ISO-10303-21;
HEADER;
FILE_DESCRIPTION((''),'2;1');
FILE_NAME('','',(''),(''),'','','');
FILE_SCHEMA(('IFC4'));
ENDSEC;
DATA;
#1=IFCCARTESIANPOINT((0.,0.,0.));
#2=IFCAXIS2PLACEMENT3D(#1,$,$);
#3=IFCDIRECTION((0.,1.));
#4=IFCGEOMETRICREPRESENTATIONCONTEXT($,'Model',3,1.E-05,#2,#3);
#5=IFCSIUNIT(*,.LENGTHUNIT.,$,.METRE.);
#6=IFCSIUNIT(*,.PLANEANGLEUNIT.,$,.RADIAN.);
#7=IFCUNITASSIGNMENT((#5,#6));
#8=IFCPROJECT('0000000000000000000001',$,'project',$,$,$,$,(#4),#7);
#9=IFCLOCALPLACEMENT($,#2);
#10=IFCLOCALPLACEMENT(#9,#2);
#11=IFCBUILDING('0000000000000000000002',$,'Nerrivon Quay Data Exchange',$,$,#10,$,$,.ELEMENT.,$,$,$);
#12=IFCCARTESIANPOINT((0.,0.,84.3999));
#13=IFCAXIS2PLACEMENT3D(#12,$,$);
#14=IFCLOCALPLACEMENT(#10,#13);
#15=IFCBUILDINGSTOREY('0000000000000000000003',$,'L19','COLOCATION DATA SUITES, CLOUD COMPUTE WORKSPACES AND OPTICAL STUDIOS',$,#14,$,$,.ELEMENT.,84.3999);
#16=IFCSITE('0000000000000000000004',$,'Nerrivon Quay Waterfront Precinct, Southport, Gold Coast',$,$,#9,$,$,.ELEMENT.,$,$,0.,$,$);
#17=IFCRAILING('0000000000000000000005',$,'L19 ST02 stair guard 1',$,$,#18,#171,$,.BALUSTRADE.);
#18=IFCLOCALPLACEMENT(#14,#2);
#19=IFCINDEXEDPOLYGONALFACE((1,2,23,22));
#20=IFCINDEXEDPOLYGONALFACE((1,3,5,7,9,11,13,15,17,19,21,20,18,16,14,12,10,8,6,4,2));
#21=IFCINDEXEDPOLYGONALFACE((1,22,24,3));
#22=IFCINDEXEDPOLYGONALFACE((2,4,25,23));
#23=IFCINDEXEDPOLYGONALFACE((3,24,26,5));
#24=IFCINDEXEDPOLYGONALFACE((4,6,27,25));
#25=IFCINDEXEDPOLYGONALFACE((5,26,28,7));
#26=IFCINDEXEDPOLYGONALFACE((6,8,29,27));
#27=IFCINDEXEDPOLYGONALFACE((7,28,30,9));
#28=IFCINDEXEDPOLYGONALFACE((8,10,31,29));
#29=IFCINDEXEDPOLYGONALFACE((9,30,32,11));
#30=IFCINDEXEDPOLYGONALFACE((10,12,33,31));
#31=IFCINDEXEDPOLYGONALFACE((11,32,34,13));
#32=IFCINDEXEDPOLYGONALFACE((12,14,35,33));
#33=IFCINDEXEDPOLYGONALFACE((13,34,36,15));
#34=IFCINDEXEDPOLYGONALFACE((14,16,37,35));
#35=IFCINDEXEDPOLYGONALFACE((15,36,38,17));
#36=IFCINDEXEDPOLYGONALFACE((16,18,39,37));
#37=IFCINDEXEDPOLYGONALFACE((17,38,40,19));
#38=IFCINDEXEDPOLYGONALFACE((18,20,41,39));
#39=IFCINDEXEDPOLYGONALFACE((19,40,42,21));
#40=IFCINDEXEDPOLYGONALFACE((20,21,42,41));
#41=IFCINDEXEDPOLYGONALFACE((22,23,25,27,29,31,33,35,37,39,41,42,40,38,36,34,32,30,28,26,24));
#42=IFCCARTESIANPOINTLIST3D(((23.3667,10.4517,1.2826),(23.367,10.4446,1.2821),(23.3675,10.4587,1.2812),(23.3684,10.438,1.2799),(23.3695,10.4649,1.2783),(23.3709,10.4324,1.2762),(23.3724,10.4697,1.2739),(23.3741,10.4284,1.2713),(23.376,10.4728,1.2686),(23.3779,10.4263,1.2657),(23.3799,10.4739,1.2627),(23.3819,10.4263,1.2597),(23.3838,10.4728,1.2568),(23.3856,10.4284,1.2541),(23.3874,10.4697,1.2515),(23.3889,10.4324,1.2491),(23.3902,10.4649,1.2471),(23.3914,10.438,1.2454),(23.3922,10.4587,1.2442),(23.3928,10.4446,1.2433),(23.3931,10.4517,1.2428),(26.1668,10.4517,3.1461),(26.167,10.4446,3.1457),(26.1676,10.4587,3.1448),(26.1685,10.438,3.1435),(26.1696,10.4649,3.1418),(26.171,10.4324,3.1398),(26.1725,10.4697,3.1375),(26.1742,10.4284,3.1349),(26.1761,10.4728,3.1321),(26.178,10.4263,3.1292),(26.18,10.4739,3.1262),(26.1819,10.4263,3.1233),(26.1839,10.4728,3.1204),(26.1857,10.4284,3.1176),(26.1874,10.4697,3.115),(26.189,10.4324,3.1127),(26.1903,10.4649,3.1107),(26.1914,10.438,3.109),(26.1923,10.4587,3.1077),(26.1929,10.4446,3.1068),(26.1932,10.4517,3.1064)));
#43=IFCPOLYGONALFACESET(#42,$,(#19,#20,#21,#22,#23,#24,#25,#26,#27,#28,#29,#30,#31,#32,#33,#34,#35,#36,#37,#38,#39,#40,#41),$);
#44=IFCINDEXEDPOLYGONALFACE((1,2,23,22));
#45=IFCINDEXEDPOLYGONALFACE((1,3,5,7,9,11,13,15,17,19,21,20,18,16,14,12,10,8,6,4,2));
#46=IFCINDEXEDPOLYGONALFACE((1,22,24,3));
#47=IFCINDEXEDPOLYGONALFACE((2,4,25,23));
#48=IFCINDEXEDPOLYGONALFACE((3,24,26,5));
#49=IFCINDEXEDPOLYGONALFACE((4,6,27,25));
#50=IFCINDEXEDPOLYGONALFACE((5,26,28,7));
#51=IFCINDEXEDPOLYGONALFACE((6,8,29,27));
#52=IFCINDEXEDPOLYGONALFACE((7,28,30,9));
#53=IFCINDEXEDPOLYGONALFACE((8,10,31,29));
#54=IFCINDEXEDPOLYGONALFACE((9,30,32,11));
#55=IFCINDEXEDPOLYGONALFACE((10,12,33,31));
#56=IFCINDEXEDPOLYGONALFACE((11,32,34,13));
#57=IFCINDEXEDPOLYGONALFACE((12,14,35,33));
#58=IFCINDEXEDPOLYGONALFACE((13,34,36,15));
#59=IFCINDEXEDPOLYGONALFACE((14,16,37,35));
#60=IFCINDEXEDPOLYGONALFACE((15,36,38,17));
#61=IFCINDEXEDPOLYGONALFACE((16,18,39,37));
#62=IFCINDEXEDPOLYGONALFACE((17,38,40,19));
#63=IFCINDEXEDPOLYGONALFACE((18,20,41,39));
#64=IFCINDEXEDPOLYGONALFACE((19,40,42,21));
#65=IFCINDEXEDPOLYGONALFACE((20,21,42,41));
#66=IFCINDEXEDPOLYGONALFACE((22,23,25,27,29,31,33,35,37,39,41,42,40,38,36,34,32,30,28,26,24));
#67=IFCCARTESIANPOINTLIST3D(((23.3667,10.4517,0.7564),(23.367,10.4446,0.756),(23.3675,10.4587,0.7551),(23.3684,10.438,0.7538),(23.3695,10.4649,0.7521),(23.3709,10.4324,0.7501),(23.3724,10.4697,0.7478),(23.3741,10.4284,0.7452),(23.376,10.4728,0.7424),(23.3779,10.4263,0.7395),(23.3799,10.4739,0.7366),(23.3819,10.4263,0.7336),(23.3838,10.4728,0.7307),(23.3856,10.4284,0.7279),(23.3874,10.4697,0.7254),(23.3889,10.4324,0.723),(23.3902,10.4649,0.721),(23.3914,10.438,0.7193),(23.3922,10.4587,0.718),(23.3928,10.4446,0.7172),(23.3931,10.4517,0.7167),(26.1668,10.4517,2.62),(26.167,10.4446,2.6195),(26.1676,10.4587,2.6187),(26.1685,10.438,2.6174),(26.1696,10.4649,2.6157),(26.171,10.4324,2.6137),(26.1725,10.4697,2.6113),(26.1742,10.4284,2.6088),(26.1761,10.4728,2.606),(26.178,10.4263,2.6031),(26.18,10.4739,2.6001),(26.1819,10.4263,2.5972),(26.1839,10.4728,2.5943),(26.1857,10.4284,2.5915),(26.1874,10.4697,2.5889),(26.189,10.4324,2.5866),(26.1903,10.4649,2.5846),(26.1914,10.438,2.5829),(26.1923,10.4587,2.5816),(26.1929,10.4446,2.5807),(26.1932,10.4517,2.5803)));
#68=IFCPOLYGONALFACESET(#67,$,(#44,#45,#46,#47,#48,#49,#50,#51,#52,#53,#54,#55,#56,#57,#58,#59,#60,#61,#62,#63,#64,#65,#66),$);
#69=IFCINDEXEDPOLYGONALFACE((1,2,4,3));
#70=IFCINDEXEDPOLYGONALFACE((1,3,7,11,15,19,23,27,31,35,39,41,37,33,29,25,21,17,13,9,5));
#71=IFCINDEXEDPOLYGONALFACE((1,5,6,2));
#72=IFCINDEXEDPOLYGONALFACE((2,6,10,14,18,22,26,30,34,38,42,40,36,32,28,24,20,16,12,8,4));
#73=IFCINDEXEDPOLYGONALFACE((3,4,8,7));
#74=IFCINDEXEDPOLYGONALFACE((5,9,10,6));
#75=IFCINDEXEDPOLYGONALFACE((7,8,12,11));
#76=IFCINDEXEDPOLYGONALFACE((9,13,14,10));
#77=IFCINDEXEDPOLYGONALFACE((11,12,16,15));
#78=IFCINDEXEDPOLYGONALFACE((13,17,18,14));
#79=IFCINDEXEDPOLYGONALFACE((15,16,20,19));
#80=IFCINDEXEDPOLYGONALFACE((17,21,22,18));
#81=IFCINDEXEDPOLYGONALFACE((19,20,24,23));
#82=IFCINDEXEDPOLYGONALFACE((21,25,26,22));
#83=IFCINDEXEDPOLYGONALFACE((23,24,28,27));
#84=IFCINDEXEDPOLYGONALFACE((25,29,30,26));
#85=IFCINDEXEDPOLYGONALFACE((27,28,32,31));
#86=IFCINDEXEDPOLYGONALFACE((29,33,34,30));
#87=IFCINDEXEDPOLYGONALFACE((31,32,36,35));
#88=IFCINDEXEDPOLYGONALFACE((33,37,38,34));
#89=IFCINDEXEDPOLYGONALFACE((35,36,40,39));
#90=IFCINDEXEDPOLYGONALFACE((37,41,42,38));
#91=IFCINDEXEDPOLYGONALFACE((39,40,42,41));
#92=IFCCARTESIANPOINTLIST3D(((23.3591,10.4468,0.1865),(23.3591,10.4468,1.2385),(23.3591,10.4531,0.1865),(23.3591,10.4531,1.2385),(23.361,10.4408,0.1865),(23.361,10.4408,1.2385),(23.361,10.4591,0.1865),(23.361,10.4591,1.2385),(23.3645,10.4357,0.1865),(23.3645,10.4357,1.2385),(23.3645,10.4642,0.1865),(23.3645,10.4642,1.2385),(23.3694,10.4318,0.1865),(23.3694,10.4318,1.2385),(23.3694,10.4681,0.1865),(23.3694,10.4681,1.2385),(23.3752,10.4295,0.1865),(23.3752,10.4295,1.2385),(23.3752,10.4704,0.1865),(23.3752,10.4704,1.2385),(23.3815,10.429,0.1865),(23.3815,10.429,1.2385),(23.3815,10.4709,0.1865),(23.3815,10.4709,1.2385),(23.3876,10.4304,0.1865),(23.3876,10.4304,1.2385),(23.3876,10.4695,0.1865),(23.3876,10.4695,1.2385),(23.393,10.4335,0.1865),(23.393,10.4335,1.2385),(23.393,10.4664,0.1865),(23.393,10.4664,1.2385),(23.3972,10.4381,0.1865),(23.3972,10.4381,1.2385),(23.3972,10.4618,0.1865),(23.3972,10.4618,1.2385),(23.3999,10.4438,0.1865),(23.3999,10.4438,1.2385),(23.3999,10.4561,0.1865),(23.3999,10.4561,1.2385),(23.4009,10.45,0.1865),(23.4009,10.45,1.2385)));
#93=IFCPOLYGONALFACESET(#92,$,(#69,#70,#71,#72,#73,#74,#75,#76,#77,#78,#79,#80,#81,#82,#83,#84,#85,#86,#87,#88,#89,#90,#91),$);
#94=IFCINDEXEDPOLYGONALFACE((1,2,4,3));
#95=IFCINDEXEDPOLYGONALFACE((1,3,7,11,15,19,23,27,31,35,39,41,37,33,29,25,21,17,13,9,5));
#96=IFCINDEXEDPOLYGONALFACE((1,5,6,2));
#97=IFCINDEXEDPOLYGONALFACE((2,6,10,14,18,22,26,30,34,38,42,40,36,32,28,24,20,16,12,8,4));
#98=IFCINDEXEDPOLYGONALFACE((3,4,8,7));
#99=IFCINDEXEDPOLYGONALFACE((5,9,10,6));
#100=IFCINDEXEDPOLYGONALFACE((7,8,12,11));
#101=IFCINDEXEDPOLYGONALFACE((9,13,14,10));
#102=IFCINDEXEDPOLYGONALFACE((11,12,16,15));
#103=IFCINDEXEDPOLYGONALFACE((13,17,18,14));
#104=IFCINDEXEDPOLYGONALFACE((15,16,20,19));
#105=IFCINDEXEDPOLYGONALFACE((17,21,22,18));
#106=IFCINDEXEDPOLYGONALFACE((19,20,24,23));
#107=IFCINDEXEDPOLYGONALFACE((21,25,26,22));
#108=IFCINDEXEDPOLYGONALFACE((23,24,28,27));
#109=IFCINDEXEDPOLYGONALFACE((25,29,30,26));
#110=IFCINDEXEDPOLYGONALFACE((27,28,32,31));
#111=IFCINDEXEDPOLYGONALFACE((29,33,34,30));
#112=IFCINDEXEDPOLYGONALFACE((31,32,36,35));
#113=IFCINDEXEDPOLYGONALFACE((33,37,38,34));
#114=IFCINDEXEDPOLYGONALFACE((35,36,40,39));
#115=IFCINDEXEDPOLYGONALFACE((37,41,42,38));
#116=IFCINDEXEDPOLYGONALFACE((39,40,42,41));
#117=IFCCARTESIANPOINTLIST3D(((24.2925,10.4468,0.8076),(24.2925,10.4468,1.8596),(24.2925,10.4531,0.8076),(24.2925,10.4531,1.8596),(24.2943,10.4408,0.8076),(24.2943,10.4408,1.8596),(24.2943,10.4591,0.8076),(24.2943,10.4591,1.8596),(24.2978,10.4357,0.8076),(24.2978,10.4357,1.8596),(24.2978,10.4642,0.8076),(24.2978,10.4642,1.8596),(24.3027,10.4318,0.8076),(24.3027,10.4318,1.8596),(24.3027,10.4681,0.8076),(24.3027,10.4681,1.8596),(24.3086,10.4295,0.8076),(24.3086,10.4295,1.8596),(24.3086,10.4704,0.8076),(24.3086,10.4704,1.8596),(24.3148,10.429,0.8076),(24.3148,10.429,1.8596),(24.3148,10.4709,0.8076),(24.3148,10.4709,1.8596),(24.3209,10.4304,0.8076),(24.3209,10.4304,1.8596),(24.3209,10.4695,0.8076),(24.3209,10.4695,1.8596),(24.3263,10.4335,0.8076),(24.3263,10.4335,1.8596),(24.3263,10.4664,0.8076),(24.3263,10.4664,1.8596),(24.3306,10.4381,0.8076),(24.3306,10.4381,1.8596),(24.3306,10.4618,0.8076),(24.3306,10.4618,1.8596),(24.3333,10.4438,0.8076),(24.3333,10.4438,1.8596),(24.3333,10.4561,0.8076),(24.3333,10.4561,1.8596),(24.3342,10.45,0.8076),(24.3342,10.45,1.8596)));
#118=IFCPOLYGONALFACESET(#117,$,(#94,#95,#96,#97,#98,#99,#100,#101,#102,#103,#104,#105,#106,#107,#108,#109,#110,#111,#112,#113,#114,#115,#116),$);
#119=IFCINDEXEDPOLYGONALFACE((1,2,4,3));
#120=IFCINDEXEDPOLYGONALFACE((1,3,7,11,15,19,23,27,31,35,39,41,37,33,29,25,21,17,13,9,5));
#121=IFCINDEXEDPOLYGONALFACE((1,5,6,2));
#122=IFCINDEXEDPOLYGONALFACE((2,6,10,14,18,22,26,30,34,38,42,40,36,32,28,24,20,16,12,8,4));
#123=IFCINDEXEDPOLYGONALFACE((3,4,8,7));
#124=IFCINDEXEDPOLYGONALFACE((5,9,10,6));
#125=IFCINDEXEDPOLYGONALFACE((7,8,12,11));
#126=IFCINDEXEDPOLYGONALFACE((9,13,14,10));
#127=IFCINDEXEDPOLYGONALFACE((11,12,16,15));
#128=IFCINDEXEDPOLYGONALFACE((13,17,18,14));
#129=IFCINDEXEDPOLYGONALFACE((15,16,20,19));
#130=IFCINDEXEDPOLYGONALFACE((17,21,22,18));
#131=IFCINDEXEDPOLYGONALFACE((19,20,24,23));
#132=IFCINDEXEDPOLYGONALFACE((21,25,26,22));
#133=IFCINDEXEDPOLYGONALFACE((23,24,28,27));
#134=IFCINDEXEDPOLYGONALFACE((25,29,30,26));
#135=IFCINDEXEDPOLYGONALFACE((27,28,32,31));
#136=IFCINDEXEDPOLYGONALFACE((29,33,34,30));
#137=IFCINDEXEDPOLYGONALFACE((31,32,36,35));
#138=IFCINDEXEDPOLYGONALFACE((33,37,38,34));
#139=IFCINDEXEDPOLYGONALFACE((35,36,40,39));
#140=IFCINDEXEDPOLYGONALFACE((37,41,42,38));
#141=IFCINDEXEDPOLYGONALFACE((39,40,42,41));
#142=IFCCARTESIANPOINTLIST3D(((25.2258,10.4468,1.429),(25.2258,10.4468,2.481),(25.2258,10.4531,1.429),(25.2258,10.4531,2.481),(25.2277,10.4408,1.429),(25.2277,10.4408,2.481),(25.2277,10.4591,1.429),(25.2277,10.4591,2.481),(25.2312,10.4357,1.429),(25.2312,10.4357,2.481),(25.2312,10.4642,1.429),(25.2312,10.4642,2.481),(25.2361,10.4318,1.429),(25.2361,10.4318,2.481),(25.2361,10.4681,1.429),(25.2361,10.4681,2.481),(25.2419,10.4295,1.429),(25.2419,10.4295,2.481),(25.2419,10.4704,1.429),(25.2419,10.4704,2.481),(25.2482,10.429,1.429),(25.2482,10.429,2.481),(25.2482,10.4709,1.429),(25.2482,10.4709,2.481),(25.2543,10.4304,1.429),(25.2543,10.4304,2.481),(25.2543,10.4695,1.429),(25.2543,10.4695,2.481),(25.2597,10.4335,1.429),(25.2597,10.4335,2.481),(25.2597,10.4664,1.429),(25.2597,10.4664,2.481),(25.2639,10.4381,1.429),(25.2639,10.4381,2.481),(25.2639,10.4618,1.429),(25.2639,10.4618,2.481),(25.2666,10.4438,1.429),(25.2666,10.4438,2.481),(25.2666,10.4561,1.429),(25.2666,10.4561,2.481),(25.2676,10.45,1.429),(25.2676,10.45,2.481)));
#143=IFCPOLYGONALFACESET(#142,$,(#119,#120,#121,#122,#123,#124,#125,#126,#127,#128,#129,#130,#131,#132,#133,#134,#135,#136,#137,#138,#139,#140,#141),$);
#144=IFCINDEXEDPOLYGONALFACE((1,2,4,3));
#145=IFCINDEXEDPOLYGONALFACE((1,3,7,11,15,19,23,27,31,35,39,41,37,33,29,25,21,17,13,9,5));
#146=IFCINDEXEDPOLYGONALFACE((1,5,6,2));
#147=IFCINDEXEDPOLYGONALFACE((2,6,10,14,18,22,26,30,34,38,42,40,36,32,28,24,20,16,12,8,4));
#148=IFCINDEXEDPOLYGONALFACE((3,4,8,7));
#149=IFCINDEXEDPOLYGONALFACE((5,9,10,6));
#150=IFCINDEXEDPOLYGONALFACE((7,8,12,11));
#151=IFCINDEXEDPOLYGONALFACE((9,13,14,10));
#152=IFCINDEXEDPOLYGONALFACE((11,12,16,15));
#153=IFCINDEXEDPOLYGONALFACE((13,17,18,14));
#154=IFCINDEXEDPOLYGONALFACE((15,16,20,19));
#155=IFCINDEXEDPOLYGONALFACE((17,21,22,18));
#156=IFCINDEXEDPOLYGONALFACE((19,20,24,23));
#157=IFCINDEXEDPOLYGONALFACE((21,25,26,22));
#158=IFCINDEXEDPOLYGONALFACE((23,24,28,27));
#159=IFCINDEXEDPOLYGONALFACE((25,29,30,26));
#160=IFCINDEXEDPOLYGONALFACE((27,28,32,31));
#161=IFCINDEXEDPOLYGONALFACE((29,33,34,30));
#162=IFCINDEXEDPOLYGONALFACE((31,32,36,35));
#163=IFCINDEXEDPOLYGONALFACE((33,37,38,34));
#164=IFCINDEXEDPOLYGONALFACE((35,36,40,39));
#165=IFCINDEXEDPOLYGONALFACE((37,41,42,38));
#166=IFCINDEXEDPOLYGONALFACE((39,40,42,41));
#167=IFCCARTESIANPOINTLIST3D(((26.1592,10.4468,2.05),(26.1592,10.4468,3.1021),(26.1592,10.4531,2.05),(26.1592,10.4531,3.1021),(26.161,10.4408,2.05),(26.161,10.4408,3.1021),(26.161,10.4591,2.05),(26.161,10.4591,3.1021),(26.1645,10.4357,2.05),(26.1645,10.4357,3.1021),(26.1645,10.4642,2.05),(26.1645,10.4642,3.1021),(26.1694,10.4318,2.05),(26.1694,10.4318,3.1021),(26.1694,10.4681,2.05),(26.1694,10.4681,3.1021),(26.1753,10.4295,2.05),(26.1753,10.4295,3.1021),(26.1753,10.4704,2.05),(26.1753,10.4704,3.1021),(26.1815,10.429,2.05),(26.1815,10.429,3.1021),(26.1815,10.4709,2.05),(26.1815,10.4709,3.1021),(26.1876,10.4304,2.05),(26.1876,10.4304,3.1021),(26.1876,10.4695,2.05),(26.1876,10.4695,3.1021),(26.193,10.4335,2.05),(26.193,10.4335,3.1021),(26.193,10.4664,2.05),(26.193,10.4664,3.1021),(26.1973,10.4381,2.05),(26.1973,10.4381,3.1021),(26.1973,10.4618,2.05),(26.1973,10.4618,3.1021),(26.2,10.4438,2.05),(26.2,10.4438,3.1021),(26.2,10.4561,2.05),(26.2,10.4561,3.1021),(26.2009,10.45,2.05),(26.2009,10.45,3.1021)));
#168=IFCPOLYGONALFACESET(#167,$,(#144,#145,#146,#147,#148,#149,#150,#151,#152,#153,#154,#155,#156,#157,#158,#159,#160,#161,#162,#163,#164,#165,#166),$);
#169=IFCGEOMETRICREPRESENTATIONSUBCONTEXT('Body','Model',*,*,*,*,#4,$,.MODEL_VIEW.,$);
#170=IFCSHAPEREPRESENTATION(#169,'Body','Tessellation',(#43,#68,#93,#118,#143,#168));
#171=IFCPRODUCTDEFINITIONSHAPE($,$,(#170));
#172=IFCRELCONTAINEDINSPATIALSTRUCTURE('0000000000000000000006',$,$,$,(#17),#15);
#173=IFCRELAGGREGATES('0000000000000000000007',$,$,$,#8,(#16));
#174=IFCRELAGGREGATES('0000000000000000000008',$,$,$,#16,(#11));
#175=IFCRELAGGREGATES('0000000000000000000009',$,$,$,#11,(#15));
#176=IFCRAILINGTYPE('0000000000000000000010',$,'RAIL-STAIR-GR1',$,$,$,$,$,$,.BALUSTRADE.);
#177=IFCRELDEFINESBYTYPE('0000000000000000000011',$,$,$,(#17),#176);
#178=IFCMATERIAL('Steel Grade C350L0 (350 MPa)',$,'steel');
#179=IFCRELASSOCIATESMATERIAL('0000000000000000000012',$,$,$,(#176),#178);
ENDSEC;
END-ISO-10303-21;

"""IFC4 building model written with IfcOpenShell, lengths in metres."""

from ifc_helpers import new_model, si_unit, direction, frame, origin, origin_2d, place, context, subcontext, project, spatial, circle, extrude, material, type_object, element, save


model = new_model("IFC4")

# Units and contexts
model_context = context("Model", 3, precision=1e-05, world=origin(), true_north=direction((0.0, 1.0)))
body_context = subcontext(model_context, "Body", "Model", "MODEL_VIEW")
ifc_project = project(units=[si_unit("LENGTHUNIT", "METRE"), si_unit("PLANEANGLEUNIT", "RADIAN")], contexts=[model_context])

# Site, building, storey
site_placement = place(None, origin())
site = spatial("IfcSite", under=ifc_project, at=site_placement, Name="Nerrivon Quay Waterfront Precinct, Southport, Gold Coast", CompositionType="ELEMENT", RefElevation=0.0)
building_placement = place(site_placement, origin())
building = spatial("IfcBuilding", under=site, at=building_placement, Name="Nerrivon Quay Data Exchange", CompositionType="ELEMENT")
storey_placement = place(building_placement, frame((0.0, 0.0, 84.3999)))
storey = spatial("IfcBuildingStorey", under=building, at=storey_placement, Name="L19", Description="COLOCATION DATA SUITES, CLOUD COMPUTE WORKSPACES AND OPTICAL STUDIOS", CompositionType="ELEMENT", Elevation=84.3999)

# Railing
ifc_material_1 = material(Name="Steel Grade C350L0 (350 MPa)", Category="steel")
railing_type_1 = type_object("IfcRailingType", Name="RAIL-STAIR-GR1", PredefinedType="BALUSTRADE", material=ifc_material_1)
railing_1_placement = place(storey_placement, frame((23.3799, 10.45, 0.1865)))
element("IfcRailing", 1, at=railing_1_placement, inside=storey, type_object=railing_type_1, Name="L19 ST02 stair guard 1", PredefinedType="BALUSTRADE", context=body_context, shape_type="SweptSolid", body=[
    extrude(circle(Radius=0.0239, at=origin_2d()), frame((0.0, 0.0, 1.0762), z_axis=(0.832486, 0.0, 0.554047), x_axis=(0.0, 1.0, 0.0)), (0.0, 0.0, 1.0), 3.3635),
    extrude(circle(Radius=0.0239, at=origin_2d()), frame((0.0, 0.0, 0.55), z_axis=(0.832486, 0.0, 0.554047), x_axis=(0.0, 1.0, 0.0)), (0.0, 0.0, 1.0), 3.3635),
    extrude(circle(Radius=0.021, at=origin_2d()), origin(), (0.0, 0.0, 1.0), 1.052),
    extrude(circle(Radius=0.021, at=origin_2d()), frame((0.9333, 0.0, 0.6211)), (0.0, 0.0, 1.0), 1.052),
    extrude(circle(Radius=0.021, at=origin_2d()), frame((1.8667, 0.0, 1.2424)), (0.0, 0.0, 1.0), 1.052),
    extrude(circle(Radius=0.021, at=origin_2d()), frame((2.8, 0.0, 1.8635)), (0.0, 0.0, 1.0), 1.052),
])

save(model, "model.ifc")
